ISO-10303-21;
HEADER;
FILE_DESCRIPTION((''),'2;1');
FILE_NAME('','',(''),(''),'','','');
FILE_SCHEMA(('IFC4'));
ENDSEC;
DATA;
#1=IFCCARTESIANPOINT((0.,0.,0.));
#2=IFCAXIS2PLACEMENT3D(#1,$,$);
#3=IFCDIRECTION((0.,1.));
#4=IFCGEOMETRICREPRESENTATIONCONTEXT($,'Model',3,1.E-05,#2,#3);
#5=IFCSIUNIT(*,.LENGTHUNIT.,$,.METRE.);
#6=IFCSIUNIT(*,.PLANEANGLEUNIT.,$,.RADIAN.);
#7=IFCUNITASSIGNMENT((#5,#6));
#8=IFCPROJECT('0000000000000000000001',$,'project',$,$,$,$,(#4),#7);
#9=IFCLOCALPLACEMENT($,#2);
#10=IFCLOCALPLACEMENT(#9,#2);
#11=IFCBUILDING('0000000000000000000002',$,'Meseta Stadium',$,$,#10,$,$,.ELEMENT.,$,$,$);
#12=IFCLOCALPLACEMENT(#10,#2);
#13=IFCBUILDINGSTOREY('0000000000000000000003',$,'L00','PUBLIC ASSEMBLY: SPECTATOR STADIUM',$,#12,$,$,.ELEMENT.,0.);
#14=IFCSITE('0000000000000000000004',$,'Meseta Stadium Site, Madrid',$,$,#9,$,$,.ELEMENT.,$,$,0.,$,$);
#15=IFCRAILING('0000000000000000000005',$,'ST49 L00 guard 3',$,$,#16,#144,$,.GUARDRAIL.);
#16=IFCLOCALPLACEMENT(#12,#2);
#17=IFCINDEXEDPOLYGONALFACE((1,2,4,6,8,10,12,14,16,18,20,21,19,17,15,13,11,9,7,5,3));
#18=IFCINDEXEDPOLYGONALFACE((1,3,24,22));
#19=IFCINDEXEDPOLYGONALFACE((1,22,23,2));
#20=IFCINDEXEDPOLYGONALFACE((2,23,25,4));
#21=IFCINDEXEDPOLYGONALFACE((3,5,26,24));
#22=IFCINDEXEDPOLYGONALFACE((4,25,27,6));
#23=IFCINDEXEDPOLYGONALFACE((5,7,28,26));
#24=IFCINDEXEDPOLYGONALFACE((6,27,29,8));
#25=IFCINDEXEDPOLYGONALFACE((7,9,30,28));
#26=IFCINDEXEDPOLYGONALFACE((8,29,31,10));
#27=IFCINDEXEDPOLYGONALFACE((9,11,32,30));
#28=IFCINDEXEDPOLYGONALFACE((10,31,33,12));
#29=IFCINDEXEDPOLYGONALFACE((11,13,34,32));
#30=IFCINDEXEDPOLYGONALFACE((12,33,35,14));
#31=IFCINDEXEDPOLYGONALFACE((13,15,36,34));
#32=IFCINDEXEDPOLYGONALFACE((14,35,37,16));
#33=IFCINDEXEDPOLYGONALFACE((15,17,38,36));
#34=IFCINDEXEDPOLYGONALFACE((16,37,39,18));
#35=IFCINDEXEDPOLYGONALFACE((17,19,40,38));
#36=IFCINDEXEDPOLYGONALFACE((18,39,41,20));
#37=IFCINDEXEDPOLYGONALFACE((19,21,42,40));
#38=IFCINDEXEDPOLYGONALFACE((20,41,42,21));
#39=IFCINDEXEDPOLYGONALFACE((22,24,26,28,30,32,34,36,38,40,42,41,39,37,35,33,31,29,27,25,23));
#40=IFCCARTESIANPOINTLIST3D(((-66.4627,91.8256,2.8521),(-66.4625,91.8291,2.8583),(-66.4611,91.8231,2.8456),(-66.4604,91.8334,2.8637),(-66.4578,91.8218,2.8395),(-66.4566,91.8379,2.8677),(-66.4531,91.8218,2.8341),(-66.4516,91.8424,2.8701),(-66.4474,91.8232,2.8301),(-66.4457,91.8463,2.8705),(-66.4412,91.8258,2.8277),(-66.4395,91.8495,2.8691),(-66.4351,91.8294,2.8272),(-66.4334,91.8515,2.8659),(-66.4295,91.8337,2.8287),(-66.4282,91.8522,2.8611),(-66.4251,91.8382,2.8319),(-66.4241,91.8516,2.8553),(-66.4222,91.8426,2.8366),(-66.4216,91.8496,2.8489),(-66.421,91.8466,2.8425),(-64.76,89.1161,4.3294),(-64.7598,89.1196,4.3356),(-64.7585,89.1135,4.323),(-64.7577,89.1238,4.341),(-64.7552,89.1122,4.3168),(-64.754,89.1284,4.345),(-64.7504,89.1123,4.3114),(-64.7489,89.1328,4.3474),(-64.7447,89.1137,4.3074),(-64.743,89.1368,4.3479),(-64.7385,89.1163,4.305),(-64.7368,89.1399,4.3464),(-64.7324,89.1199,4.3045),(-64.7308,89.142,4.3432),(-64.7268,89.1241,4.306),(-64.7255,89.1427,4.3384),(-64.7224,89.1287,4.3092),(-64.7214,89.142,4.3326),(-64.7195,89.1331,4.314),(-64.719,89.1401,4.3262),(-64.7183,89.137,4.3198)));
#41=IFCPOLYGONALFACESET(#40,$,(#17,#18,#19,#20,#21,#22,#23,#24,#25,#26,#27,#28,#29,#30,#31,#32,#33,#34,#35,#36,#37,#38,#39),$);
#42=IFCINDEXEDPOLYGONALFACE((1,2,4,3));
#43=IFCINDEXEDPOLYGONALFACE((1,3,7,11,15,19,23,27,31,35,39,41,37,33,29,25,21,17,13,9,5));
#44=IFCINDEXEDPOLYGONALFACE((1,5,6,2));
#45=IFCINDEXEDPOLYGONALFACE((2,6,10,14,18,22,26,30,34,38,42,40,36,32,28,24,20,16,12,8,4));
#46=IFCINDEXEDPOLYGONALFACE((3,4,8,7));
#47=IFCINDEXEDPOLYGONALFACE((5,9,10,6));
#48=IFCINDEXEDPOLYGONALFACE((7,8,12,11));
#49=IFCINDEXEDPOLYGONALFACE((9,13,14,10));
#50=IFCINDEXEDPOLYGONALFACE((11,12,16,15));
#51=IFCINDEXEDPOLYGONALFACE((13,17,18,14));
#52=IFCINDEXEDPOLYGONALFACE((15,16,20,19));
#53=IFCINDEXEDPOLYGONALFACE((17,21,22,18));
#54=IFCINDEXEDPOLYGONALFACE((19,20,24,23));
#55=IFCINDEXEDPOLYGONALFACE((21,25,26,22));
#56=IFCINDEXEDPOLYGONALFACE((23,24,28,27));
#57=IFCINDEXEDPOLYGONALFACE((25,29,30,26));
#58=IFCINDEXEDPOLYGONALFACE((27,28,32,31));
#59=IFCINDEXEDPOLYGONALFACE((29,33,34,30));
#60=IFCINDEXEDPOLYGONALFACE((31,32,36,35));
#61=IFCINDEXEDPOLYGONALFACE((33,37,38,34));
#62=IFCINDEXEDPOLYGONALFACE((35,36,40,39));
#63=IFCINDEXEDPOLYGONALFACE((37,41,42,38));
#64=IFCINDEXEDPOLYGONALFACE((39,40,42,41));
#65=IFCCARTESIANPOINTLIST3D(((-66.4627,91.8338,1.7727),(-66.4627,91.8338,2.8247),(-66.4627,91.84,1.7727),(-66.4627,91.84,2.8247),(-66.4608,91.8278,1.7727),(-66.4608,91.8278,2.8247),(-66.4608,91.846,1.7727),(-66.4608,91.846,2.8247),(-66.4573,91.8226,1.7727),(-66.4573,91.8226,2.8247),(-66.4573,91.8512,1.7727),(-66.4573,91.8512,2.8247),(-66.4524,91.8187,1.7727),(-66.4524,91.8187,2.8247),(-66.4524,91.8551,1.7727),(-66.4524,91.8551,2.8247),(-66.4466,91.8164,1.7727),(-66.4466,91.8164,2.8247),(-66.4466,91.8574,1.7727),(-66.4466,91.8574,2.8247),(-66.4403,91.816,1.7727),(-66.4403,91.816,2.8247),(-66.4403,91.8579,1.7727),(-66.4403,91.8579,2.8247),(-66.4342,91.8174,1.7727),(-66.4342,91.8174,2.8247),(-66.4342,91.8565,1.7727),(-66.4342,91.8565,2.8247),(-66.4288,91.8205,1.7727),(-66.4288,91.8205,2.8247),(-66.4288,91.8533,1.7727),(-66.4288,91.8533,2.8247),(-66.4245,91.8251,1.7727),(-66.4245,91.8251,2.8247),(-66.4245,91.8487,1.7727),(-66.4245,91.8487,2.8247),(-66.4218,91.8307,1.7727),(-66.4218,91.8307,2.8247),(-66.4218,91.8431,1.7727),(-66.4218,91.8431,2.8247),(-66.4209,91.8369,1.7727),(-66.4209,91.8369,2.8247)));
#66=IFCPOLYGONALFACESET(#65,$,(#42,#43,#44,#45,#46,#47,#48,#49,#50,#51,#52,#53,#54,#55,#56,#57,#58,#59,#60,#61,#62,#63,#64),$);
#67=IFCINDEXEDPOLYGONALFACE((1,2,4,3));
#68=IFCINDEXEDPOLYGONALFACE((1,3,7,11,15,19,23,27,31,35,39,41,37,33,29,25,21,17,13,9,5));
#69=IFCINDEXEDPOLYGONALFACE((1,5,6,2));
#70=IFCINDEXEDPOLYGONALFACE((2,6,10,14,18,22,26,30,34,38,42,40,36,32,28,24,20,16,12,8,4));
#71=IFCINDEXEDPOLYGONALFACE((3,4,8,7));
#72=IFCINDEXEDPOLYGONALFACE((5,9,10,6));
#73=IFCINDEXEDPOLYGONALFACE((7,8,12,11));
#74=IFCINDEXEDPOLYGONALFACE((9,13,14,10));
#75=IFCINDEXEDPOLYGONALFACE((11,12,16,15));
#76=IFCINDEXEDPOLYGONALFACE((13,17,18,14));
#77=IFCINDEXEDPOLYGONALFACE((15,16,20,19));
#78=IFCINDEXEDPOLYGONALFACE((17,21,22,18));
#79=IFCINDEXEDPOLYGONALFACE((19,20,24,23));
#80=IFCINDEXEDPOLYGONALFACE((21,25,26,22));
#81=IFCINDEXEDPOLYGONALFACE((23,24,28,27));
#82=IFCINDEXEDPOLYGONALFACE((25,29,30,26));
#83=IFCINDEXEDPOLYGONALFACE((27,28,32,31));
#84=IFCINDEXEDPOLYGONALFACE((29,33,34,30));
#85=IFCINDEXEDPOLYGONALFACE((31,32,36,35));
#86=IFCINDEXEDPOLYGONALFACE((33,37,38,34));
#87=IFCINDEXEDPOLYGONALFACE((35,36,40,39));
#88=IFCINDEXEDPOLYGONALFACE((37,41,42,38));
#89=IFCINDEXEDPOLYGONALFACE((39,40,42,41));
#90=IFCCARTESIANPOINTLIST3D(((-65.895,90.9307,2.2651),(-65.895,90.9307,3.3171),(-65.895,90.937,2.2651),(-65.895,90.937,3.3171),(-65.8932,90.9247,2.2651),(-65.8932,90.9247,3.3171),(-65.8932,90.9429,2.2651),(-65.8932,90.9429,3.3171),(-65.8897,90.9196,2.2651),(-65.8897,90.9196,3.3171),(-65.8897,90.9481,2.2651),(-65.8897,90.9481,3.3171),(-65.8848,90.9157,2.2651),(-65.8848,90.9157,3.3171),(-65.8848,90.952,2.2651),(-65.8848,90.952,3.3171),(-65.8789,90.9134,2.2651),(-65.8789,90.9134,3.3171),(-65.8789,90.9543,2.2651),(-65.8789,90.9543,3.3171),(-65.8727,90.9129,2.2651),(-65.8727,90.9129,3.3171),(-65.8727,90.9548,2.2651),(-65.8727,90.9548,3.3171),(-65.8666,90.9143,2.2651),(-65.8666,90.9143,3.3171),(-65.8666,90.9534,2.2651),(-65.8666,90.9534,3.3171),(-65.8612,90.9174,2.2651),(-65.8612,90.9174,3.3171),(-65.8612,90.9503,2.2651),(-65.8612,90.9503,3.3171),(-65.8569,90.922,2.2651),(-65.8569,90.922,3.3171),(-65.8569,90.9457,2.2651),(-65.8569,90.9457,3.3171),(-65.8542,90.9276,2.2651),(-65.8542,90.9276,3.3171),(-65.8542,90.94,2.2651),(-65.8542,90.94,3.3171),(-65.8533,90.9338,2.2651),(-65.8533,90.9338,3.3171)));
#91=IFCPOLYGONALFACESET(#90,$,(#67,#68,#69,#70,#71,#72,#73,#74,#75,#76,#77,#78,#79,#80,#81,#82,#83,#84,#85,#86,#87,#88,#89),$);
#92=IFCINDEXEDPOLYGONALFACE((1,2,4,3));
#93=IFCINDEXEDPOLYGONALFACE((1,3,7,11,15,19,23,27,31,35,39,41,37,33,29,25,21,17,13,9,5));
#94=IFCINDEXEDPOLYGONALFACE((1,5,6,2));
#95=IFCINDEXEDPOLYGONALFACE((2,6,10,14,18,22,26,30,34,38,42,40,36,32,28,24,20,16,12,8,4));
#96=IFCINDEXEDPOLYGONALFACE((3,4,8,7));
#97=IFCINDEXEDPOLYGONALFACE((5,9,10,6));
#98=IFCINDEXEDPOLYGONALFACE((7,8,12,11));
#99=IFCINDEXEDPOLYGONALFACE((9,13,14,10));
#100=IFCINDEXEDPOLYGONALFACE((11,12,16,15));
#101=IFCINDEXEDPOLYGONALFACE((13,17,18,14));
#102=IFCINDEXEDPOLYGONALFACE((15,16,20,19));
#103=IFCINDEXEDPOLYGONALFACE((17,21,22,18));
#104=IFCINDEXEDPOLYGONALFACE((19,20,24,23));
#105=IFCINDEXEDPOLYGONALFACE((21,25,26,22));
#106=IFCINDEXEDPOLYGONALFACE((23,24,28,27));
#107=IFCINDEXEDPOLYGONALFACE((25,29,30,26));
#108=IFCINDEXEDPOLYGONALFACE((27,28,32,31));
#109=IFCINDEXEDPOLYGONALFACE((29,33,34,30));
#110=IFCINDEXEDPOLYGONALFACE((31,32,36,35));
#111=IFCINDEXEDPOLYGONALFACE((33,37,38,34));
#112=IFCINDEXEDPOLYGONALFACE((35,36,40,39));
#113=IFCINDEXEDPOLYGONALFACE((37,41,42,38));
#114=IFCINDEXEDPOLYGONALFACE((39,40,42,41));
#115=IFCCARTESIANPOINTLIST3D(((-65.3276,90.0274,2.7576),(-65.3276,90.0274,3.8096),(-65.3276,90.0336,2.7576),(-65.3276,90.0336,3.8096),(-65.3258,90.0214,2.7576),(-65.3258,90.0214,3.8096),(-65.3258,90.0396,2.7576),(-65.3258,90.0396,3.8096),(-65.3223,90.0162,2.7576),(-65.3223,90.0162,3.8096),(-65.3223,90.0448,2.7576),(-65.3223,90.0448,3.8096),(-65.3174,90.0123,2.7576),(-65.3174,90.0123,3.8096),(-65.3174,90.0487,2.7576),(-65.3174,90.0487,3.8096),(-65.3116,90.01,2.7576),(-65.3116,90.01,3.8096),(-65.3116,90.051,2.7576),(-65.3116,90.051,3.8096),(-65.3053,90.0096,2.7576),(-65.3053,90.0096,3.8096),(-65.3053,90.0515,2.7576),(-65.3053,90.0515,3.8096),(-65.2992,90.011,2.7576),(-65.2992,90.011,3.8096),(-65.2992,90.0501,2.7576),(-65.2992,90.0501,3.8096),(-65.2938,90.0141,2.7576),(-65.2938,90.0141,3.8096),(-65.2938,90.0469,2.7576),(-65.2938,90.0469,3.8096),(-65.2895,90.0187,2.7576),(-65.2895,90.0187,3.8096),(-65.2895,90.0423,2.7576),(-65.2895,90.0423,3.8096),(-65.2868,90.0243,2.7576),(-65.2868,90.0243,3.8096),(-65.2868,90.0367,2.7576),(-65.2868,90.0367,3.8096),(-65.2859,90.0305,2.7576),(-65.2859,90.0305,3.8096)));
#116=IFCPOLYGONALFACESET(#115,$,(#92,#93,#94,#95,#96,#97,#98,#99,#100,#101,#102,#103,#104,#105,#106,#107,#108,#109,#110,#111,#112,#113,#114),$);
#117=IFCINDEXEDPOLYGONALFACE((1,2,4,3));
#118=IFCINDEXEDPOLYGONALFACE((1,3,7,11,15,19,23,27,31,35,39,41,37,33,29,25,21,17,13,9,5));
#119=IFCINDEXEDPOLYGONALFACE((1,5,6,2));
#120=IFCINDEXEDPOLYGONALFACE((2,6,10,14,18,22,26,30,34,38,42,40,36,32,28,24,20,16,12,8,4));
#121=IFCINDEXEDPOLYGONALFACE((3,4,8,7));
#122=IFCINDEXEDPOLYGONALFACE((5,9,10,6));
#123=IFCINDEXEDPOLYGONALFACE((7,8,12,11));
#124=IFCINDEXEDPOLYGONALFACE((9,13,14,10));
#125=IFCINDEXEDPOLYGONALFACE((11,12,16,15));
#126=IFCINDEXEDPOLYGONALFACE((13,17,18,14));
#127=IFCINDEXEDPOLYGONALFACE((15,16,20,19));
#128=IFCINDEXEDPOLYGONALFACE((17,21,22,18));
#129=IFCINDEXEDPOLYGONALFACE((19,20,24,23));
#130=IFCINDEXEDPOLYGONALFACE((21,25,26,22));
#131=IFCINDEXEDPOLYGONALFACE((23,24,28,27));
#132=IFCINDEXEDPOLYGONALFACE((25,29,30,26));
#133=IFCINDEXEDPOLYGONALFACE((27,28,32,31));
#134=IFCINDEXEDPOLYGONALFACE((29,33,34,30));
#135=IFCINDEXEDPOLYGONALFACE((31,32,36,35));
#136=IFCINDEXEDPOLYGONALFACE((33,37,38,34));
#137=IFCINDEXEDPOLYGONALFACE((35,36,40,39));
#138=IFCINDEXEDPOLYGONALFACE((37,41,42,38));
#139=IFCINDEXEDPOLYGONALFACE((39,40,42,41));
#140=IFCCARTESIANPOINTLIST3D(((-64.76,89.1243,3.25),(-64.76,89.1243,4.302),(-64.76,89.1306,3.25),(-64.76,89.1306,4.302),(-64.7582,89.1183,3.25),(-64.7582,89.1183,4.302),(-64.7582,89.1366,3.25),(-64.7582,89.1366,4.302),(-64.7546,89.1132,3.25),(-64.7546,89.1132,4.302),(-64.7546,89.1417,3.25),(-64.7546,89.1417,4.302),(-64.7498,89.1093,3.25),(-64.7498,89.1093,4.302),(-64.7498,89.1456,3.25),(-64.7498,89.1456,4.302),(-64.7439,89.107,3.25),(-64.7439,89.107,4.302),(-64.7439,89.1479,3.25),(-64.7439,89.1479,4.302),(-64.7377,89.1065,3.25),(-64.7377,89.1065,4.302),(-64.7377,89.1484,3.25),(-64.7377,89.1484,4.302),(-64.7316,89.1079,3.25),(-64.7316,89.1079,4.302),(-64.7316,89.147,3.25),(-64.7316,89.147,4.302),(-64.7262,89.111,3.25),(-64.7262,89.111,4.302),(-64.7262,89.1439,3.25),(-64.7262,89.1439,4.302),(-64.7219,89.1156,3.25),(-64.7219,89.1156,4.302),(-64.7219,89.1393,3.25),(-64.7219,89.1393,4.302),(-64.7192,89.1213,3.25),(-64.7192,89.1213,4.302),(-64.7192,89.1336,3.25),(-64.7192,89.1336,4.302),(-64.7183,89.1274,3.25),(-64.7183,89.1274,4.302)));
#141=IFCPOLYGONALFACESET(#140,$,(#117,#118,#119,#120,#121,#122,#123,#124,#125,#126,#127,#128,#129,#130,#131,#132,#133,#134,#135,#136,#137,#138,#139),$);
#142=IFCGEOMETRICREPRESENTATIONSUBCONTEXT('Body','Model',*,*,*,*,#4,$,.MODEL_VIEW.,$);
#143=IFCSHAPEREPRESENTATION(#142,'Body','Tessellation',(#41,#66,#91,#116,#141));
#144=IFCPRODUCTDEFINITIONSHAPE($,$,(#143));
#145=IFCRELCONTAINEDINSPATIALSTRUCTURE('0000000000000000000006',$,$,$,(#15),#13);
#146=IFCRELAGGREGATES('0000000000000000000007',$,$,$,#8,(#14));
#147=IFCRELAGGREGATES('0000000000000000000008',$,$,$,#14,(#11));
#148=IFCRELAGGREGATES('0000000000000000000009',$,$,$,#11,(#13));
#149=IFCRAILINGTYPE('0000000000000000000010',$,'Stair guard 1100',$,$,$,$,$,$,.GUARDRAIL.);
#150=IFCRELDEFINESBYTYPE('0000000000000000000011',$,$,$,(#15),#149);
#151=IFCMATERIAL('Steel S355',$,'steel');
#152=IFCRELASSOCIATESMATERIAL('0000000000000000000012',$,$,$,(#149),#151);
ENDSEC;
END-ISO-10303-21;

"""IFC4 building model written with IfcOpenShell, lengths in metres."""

from ifc_helpers import new_model, si_unit, direction, frame, origin, origin_2d, place, context, subcontext, project, spatial, circle, extrude, material, type_object, element, save


model = new_model("IFC4")

# Units and contexts
model_context = context("Model", 3, precision=1e-05, world=origin(), true_north=direction((0.0, 1.0)))
body_context = subcontext(model_context, "Body", "Model", "MODEL_VIEW")
ifc_project = project(units=[si_unit("LENGTHUNIT", "METRE"), si_unit("PLANEANGLEUNIT", "RADIAN")], contexts=[model_context])

# Site, building, storey
site_placement = place(None, origin())
site = spatial("IfcSite", under=ifc_project, at=site_placement, Name="Meseta Stadium Site, Madrid", CompositionType="ELEMENT", RefElevation=0.0)
building_placement = place(site_placement, origin())
building = spatial("IfcBuilding", under=site, at=building_placement, Name="Meseta Stadium", CompositionType="ELEMENT")
storey_placement = place(building_placement, origin())
storey = spatial("IfcBuildingStorey", under=building, at=storey_placement, Name="L00", Description="PUBLIC ASSEMBLY: SPECTATOR STADIUM", CompositionType="ELEMENT", Elevation=0.0)

# Railing
ifc_material_1 = material(Name="Steel S355", Category="steel")
railing_type_1 = type_object("IfcRailingType", Name="Stair guard 1100", PredefinedType="GUARDRAIL", material=ifc_material_1)
railing_1_placement = place(storey_placement, frame((-66.4419, 91.8369, 1.7727)))
element("IfcRailing", 1, at=railing_1_placement, inside=storey, type_object=railing_type_1, Name="ST49 L00 guard 3", PredefinedType="GUARDRAIL", context=body_context, shape_type="SweptSolid", body=[
    extrude(circle(Radius=0.0239, at=origin_2d()), frame((0.0, 0.0, 1.0762), z_axis=(0.483076, -0.768738, 0.419142), x_axis=(0.846701, 0.532068, 0.0)), (0.0, 0.0, 1.0), 3.5247),
    extrude(circle(Radius=0.021, at=origin_2d()), origin(), (0.0, 0.0, 1.0), 1.052),
    extrude(circle(Radius=0.021, at=origin_2d()), frame((0.5676, -0.9031, 0.4924)), (0.0, 0.0, 1.0), 1.052),
    extrude(circle(Radius=0.021, at=origin_2d()), frame((1.135, -1.8064, 0.9849)), (0.0, 0.0, 1.0), 1.052),
    extrude(circle(Radius=0.021, at=origin_2d()), frame((1.7026, -2.7095, 1.4773)), (0.0, 0.0, 1.0), 1.052),
])

save(model, "model.ifc")
